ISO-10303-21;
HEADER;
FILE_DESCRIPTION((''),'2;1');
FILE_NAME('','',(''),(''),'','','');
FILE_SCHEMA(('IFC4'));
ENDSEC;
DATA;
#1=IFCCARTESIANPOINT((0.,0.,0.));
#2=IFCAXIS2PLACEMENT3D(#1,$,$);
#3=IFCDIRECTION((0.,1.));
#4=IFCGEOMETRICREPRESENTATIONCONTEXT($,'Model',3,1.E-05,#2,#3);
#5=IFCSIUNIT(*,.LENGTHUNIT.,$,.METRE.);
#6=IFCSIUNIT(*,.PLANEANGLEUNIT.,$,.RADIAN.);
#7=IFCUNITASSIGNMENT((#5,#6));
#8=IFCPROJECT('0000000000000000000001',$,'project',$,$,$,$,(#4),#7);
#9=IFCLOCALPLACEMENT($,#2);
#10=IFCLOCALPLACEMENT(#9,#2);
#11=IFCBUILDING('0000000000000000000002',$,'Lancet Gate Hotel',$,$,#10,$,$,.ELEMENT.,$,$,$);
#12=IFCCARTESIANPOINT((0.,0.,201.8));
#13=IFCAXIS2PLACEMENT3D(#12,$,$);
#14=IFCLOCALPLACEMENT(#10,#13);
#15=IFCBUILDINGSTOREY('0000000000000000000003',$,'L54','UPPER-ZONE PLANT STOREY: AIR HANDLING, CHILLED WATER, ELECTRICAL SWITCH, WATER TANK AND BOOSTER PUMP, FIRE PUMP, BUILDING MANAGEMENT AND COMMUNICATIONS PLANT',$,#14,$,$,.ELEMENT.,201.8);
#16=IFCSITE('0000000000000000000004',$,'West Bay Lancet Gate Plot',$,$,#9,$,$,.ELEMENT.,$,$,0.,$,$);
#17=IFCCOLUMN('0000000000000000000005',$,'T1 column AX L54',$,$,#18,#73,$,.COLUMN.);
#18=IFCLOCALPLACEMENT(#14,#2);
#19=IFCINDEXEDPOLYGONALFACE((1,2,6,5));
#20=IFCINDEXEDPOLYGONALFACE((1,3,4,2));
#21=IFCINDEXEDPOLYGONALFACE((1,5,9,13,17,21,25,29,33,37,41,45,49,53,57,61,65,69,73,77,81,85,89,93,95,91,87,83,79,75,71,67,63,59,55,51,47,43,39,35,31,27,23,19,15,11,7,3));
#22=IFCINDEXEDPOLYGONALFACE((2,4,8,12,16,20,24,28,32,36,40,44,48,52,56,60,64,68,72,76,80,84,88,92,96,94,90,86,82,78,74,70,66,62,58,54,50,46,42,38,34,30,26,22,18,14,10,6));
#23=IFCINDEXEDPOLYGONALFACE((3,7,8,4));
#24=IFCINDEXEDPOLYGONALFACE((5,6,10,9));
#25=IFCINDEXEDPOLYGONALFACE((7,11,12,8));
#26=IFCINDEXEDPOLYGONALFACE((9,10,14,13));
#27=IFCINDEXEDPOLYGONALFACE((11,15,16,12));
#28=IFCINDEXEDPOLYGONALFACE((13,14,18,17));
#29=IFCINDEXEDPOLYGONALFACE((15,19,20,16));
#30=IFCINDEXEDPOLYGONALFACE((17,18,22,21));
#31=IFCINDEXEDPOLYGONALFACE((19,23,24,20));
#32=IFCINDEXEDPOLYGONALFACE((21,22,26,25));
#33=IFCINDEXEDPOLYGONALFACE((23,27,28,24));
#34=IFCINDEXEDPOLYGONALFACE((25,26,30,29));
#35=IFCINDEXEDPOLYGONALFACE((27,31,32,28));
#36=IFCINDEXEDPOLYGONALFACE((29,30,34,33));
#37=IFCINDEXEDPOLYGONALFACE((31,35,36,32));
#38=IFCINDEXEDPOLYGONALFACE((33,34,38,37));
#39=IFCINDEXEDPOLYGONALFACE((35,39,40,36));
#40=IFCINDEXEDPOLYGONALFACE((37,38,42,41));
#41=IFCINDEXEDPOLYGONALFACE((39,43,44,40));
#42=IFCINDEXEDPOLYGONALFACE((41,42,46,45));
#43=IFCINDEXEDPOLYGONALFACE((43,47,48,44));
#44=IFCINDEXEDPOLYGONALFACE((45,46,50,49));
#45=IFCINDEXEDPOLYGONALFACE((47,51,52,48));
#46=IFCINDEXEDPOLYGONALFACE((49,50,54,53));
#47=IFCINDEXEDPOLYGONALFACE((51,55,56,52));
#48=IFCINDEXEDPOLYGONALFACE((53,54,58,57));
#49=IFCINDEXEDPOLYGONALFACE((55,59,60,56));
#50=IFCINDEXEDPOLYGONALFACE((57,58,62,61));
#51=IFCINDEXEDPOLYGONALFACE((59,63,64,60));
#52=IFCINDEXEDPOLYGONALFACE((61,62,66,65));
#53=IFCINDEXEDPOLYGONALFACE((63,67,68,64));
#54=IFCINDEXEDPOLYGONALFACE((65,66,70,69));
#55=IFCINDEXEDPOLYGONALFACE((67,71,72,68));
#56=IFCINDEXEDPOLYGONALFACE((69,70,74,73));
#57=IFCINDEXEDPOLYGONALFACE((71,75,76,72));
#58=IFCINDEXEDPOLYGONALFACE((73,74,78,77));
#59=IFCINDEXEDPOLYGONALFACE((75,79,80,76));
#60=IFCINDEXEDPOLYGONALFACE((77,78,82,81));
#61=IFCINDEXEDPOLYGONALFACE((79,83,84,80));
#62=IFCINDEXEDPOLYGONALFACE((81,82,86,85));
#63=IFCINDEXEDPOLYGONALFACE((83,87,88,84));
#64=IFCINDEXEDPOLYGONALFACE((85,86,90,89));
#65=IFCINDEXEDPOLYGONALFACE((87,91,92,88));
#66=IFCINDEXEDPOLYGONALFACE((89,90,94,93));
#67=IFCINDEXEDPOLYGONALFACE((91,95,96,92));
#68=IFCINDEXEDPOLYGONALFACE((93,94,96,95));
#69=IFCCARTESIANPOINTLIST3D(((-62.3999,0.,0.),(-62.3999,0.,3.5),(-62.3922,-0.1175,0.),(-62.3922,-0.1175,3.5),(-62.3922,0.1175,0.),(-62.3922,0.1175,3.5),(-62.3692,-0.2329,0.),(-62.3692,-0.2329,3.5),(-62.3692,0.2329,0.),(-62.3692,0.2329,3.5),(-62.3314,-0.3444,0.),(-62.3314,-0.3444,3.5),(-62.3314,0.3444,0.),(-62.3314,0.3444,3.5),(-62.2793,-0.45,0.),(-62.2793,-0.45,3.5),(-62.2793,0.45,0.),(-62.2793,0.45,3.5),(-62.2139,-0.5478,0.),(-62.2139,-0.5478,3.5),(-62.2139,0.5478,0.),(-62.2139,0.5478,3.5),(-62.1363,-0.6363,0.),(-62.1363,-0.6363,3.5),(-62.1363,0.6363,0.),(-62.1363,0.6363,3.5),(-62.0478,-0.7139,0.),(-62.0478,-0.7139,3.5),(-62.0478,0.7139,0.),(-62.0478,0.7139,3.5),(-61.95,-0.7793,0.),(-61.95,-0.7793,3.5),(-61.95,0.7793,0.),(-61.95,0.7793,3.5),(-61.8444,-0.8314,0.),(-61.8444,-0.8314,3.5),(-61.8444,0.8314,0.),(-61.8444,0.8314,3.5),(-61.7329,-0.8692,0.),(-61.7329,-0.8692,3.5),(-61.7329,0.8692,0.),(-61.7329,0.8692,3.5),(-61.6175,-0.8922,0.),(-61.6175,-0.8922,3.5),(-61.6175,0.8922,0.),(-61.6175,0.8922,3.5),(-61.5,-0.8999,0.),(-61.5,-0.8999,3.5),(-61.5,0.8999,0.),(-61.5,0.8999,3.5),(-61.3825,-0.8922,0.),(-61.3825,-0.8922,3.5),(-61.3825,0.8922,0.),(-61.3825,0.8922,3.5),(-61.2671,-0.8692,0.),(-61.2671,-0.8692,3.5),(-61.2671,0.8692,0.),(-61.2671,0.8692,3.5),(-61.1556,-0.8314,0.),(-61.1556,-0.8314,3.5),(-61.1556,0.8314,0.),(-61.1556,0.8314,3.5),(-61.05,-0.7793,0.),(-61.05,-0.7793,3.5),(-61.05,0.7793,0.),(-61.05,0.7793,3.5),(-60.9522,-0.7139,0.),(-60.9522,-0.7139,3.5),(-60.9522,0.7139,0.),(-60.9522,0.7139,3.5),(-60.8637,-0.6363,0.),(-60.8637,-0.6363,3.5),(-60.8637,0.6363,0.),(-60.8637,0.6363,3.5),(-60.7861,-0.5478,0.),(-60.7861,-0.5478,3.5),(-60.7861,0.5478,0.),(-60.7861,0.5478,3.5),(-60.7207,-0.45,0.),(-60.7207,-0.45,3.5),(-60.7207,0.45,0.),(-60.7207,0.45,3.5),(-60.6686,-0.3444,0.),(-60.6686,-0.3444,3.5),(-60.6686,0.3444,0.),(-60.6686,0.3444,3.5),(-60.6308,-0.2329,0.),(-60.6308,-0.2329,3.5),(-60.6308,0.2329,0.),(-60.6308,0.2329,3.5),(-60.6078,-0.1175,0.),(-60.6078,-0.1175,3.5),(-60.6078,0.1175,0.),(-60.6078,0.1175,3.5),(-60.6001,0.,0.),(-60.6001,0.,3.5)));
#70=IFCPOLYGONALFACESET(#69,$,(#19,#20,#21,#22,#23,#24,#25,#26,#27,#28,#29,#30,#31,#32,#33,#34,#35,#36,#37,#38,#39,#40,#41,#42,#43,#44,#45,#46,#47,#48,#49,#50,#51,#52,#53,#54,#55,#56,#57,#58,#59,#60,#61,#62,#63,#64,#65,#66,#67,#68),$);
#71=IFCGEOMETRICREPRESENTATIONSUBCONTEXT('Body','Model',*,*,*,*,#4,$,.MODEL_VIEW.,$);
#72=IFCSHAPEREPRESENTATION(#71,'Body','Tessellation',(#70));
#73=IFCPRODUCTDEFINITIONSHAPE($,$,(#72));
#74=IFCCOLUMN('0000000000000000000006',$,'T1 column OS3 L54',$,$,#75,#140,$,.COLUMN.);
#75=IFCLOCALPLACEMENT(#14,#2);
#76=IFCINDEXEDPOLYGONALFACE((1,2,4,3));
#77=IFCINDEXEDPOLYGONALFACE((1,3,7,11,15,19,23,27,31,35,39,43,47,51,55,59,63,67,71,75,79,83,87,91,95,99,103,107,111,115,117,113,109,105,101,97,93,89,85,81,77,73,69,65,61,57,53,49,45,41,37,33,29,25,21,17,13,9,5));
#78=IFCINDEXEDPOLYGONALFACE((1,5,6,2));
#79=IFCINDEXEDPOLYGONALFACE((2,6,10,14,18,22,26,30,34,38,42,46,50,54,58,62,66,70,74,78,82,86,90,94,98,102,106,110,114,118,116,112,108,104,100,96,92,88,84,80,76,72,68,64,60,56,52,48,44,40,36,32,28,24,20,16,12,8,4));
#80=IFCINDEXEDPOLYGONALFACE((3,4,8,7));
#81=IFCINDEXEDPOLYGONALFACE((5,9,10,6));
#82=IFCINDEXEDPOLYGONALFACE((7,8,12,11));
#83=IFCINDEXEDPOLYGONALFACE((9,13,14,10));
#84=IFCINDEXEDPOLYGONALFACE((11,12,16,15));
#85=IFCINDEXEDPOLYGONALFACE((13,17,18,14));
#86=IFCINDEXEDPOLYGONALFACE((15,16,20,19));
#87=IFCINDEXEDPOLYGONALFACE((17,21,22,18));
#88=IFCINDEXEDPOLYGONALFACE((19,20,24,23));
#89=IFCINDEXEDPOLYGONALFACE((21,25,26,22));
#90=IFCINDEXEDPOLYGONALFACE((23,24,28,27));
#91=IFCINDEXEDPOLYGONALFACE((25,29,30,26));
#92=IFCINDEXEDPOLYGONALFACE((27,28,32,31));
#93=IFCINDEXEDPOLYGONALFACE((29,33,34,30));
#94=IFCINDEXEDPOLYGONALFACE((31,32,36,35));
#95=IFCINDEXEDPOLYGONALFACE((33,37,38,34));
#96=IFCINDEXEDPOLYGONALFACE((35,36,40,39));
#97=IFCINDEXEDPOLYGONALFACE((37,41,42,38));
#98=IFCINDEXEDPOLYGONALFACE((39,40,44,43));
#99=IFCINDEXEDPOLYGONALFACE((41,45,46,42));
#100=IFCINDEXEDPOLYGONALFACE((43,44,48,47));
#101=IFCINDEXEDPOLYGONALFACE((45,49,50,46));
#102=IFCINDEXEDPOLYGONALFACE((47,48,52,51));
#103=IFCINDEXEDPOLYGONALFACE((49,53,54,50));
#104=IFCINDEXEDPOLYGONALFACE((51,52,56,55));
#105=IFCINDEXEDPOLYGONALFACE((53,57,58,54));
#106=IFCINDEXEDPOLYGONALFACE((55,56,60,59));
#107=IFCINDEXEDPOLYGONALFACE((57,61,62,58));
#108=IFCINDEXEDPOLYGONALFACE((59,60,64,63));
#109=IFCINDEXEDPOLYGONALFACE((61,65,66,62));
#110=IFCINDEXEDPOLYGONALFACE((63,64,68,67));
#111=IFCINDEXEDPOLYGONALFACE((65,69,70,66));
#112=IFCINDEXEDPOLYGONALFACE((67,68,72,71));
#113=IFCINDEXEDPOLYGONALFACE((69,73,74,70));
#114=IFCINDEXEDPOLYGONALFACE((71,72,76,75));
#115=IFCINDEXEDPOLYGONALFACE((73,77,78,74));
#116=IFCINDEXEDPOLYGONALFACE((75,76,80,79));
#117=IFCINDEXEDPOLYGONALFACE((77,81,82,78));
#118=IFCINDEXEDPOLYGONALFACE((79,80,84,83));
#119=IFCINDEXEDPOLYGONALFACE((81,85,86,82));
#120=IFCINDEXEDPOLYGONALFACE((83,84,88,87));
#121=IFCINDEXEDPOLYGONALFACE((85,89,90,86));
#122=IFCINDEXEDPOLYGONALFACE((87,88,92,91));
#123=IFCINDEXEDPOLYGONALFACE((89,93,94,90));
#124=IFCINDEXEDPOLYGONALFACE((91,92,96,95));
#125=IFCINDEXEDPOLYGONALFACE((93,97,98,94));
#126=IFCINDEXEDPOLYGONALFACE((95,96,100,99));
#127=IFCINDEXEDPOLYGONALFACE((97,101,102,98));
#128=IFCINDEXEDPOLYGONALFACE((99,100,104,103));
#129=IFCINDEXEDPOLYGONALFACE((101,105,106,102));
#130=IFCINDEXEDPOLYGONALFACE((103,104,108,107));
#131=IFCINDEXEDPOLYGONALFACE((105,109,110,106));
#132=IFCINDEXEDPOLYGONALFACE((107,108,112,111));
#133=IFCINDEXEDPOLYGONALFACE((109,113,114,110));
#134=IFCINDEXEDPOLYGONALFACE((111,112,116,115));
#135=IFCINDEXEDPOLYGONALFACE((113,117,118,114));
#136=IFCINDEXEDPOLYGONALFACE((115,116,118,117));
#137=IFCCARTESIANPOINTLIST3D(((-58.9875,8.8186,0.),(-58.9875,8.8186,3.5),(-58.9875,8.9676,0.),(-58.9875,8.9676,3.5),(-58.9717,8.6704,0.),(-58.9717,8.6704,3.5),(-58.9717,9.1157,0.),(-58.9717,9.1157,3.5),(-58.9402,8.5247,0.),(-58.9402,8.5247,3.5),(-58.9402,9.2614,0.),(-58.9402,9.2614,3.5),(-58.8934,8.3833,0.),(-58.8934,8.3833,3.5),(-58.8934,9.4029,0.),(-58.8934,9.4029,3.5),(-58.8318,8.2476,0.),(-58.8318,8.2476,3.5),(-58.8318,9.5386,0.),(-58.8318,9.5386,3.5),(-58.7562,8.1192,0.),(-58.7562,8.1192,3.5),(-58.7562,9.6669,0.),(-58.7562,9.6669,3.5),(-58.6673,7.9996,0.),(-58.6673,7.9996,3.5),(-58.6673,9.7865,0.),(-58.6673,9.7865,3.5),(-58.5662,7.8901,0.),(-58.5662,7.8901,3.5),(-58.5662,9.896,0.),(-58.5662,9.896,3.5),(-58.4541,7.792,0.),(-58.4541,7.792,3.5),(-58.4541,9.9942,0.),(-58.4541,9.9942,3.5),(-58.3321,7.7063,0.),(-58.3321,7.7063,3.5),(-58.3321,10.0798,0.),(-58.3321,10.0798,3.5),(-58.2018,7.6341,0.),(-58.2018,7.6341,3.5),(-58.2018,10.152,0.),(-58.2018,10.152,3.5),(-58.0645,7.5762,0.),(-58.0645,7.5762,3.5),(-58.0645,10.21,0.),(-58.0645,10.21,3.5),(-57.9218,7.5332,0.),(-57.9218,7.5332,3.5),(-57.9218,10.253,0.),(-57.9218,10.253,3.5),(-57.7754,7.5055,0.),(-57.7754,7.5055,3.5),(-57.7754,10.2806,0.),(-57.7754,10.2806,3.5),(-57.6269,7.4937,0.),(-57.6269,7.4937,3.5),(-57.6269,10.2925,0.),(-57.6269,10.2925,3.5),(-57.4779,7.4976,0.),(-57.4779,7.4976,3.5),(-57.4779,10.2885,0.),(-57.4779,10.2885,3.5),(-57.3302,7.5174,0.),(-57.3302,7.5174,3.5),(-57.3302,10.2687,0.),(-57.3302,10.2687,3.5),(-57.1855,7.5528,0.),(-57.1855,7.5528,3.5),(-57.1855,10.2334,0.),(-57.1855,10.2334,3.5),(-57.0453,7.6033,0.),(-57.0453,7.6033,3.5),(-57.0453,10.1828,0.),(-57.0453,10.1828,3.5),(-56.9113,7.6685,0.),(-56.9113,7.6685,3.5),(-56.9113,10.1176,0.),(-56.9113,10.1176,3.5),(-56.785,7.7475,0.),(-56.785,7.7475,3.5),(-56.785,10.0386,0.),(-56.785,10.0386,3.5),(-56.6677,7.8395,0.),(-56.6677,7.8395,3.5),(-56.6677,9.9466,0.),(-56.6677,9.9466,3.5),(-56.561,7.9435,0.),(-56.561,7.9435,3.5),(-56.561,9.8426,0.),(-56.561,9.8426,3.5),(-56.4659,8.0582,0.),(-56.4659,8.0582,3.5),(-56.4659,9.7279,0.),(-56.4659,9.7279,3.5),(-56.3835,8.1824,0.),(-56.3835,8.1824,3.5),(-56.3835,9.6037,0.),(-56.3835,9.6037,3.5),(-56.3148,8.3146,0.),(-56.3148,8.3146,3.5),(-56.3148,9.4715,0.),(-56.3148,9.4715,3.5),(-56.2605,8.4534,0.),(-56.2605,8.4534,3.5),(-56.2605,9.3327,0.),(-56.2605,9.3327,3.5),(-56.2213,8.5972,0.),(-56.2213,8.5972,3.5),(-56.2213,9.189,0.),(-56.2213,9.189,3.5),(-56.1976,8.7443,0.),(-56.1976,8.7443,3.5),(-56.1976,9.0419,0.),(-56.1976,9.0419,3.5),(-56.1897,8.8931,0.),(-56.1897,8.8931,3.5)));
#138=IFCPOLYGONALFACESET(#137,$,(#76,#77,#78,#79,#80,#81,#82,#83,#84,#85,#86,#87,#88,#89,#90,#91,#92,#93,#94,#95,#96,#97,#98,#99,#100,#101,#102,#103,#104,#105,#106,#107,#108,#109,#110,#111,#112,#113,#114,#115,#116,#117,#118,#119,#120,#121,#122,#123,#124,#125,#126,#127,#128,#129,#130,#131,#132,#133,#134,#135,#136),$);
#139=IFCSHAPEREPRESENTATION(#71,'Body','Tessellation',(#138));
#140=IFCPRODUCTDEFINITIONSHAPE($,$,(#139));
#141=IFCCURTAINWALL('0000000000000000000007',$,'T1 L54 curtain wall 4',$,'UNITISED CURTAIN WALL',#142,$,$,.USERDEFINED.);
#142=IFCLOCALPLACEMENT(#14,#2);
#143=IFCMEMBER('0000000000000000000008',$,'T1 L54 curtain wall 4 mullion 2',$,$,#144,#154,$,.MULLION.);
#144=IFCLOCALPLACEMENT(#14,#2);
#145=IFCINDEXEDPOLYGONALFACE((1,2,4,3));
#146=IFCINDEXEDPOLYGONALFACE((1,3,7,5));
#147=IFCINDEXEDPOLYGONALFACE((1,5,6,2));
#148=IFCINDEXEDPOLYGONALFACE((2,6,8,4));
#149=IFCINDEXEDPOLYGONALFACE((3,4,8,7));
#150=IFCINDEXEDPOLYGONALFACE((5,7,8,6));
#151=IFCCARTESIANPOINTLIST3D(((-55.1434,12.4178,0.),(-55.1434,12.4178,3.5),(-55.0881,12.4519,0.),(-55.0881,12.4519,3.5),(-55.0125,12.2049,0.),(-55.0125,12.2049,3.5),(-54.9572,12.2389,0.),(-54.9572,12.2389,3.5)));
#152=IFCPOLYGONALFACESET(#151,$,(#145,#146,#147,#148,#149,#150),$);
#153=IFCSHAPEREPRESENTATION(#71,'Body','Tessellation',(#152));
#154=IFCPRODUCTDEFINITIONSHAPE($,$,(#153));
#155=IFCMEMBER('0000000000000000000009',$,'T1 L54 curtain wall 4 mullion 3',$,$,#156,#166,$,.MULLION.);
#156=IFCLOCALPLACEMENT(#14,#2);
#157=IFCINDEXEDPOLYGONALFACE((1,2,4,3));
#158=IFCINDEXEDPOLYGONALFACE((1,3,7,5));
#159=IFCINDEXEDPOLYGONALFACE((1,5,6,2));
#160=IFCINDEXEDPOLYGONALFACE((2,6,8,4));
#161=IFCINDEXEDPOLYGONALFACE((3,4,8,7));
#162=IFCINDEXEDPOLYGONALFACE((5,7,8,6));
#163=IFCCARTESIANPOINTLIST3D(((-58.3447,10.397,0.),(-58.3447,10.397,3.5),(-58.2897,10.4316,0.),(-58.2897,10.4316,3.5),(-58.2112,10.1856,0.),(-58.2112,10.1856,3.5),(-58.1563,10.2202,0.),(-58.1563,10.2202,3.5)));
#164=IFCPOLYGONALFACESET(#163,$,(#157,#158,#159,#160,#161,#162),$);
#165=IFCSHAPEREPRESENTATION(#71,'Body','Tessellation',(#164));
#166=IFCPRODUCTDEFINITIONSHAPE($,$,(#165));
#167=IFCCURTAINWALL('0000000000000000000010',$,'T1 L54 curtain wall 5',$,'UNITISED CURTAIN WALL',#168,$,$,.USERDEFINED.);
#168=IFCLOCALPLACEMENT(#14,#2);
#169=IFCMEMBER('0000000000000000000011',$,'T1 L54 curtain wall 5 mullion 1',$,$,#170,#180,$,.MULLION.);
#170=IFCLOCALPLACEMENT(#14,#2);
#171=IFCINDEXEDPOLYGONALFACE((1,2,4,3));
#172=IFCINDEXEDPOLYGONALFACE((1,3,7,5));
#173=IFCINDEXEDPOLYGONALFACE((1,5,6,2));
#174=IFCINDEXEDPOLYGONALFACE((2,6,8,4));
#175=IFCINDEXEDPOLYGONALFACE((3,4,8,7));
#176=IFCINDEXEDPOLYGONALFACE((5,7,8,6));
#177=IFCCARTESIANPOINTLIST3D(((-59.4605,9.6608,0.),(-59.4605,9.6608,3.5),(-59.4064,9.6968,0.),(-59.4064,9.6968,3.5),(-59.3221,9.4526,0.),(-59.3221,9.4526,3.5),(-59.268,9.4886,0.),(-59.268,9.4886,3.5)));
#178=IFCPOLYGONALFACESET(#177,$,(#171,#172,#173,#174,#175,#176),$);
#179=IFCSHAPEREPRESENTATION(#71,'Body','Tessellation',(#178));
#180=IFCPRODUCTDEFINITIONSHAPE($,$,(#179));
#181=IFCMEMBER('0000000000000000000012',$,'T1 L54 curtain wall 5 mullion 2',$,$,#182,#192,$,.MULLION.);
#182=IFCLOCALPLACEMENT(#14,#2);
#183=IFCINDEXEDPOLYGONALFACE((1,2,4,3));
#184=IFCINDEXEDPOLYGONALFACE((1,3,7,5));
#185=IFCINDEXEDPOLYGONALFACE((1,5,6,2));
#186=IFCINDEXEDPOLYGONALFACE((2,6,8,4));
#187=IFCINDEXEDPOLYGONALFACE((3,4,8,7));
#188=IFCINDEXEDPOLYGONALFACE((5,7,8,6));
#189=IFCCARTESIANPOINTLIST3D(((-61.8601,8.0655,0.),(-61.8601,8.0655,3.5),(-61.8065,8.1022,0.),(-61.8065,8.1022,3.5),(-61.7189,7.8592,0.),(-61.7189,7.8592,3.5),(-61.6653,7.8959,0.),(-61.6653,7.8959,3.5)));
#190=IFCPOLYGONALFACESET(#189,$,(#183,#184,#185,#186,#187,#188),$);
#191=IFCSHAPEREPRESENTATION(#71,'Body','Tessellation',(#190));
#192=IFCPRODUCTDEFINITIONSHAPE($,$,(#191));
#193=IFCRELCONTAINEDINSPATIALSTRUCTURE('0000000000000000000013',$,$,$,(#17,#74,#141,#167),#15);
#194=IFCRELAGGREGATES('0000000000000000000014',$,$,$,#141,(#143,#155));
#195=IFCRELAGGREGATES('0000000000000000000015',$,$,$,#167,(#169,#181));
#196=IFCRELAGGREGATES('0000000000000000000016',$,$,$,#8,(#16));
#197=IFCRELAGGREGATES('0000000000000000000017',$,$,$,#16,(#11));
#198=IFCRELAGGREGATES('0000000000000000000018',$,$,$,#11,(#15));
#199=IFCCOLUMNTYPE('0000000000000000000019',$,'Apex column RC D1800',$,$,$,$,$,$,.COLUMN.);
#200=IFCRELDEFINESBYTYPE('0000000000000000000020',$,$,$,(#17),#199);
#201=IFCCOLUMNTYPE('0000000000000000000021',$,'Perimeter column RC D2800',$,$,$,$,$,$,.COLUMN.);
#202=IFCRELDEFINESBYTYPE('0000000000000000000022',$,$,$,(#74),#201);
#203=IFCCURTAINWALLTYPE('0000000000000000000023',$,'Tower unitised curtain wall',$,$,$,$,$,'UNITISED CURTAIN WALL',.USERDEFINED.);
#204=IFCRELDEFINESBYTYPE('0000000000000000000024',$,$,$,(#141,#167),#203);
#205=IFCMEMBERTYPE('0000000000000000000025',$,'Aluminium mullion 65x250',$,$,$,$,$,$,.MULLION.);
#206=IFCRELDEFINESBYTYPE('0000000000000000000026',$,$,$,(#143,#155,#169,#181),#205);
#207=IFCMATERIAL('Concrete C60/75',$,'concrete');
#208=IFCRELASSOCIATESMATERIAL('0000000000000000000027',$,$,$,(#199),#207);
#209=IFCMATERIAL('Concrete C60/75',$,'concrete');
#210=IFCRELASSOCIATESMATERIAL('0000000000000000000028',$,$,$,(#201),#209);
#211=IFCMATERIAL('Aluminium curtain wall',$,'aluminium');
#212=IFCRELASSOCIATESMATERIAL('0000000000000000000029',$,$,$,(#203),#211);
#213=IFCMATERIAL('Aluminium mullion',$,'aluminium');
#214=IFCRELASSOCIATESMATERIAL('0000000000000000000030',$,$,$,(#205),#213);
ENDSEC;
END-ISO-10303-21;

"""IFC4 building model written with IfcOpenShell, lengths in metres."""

from ifc_helpers import new_model, si_unit, direction, frame, origin, origin_2d, place, context, subcontext, project, spatial, rectangle, circle, extrude, material, material_profile, profile_set, type_object, element, aggregate, save


model = new_model("IFC4")

# Units and contexts
model_context = context("Model", 3, precision=1e-05, world=origin(), true_north=direction((0.0, 1.0)))
body_context = subcontext(model_context, "Body", "Model", "MODEL_VIEW")
ifc_project = project(units=[si_unit("LENGTHUNIT", "METRE"), si_unit("PLANEANGLEUNIT", "RADIAN")], contexts=[model_context])

# Site, building, storey
site_placement = place(None, origin())
site = spatial("IfcSite", under=ifc_project, at=site_placement, Name="West Bay Lancet Gate Plot", CompositionType="ELEMENT", RefElevation=0.0)
building_placement = place(site_placement, origin())
building = spatial("IfcBuilding", under=site, at=building_placement, Name="Lancet Gate Hotel", CompositionType="ELEMENT")
storey_placement = place(building_placement, frame((0.0, 0.0, 201.8)))
storey = spatial("IfcBuildingStorey", under=building, at=storey_placement, Name="L54", Description="UPPER-ZONE PLANT STOREY: AIR HANDLING, CHILLED WATER, ELECTRICAL SWITCH, WATER TANK AND BOOSTER PUMP, FIRE PUMP, BUILDING MANAGEMENT AND COMMUNICATIONS PLANT", CompositionType="ELEMENT", Elevation=201.8)

# Columns
ifc_material_1 = material(Name="Concrete C60/75", Category="concrete")
ifc_material_profile_1 = material_profile(ifc_material_1, circle(Radius=0.8999, at=origin_2d()), Name="RC D1800")
ifc_profile_set_1 = profile_set([ifc_material_profile_1], Name="Concrete C60/75")
column_type_1 = type_object("IfcColumnType", Name="Apex column RC D1800", PredefinedType="COLUMN", material=ifc_profile_set_1)
column_1_placement = place(storey_placement, frame((-61.5, 0.0, 0.0), z_axis=(0.0, 0.0, 1.0), x_axis=(1.0, 0.0, 0.0)))
element("IfcColumn", 1, at=column_1_placement, inside=storey, type_object=column_type_1, Name="T1 column AX L54", PredefinedType="COLUMN", context=body_context, shape_type="SweptSolid", body=[
    extrude(circle(Radius=0.8999, at=origin_2d()), origin(), (0.0, 0.0, 1.0), 3.5),
])
ifc_material_2 = material(Name="Concrete C60/75", Category="concrete")
ifc_material_profile_2 = material_profile(ifc_material_2, circle(Radius=1.3999, at=origin_2d()), Name="RC D2800")
ifc_profile_set_2 = profile_set([ifc_material_profile_2], Name="Concrete C60/75")
column_type_2 = type_object("IfcColumnType", Name="Perimeter column RC D2800", PredefinedType="COLUMN", material=ifc_profile_set_2)
column_2_placement = place(storey_placement, frame((-57.5896, 8.8931, 0.0), z_axis=(0.0, 0.0, 1.0), x_axis=(1.0, 0.0, 0.0)))
element("IfcColumn", 2, at=column_2_placement, inside=storey, type_object=column_type_2, Name="T1 column OS3 L54", PredefinedType="COLUMN", context=body_context, shape_type="SweptSolid", body=[
    extrude(circle(Radius=1.3999, at=origin_2d()), origin(), (0.0, 0.0, 1.0), 3.5),
])

# Curtain walls, members
ifc_material_3 = material(Name="Aluminium curtain wall", Category="aluminium")
curtain_wall_type = type_object("IfcCurtainWallType", Name="Tower unitised curtain wall", ElementType="UNITISED CURTAIN WALL", PredefinedType="USERDEFINED", material=ifc_material_3)
curtain_wall_1_placement = place(storey_placement, origin())
curtain_wall_1 = element("IfcCurtainWall", 3, at=curtain_wall_1_placement, inside=storey, type_object=curtain_wall_type, Name="T1 L54 curtain wall 4", ObjectType="UNITISED CURTAIN WALL", PredefinedType="USERDEFINED")
ifc_material_4 = material(Name="Aluminium mullion", Category="aluminium")
ifc_material_profile_3 = material_profile(ifc_material_4, rectangle(XDim=0.0649, YDim=0.25, at=origin_2d()), Name="MULLION 65x250")
ifc_profile_set_3 = profile_set([ifc_material_profile_3], Name="Aluminium mullion")
member_type_1 = type_object("IfcMemberType", Name="Aluminium mullion 65x250", PredefinedType="MULLION", material=ifc_profile_set_3)
member_1_placement = place(storey_placement, frame((-55.0503, 12.3284, 0.0), z_axis=(0.0, 0.0, 1.0), x_axis=(-0.851797, -0.523872, 0.0)))
member_1 = element("IfcMember", 4, at=member_1_placement, type_object=member_type_1, Name="T1 L54 curtain wall 4 mullion 2", PredefinedType="MULLION", context=body_context, shape_type="SweptSolid", body=[
    extrude(rectangle(XDim=0.0649, YDim=0.25, at=origin_2d()), origin(), (0.0, 0.0, 1.0), 3.5),
])
member_2_placement = place(storey_placement, frame((-58.2505, 10.3086, 0.0), z_axis=(0.0, 0.0, 1.0), x_axis=(-0.845667, -0.533711, 0.0)))
member_2 = element("IfcMember", 5, at=member_2_placement, type_object=member_type_1, Name="T1 L54 curtain wall 4 mullion 3", PredefinedType="MULLION", context=body_context, shape_type="SweptSolid", body=[
    extrude(rectangle(XDim=0.0649, YDim=0.25, at=origin_2d()), origin(), (0.0, 0.0, 1.0), 3.5),
])
curtain_wall_2_placement = place(storey_placement, origin())
curtain_wall_2 = element("IfcCurtainWall", 6, at=curtain_wall_2_placement, inside=storey, type_object=curtain_wall_type, Name="T1 L54 curtain wall 5", ObjectType="UNITISED CURTAIN WALL", PredefinedType="USERDEFINED")
member_3_placement = place(storey_placement, frame((-59.3643, 9.5747, 0.0), z_axis=(0.0, 0.0, 1.0), x_axis=(-0.832879, -0.553455, 0.0)))
member_3 = element("IfcMember", 7, at=member_3_placement, type_object=member_type_1, Name="T1 L54 curtain wall 5 mullion 1", PredefinedType="MULLION", context=body_context, shape_type="SweptSolid", body=[
    extrude(rectangle(XDim=0.0649, YDim=0.25, at=origin_2d()), origin(), (0.0, 0.0, 1.0), 3.5),
])
member_4_placement = place(storey_placement, frame((-61.7627, 7.9807, 0.0), z_axis=(0.0, 0.0, 1.0), x_axis=(-0.825233, -0.564793, 0.0)))
member_4 = element("IfcMember", 8, at=member_4_placement, type_object=member_type_1, Name="T1 L54 curtain wall 5 mullion 2", PredefinedType="MULLION", context=body_context, shape_type="SweptSolid", body=[
    extrude(rectangle(XDim=0.0649, YDim=0.25, at=origin_2d()), origin(), (0.0, 0.0, 1.0), 3.5),
])

aggregate(curtain_wall_1, [member_1, member_2])
aggregate(curtain_wall_2, [member_3, member_4])

save(model, "model.ifc")
